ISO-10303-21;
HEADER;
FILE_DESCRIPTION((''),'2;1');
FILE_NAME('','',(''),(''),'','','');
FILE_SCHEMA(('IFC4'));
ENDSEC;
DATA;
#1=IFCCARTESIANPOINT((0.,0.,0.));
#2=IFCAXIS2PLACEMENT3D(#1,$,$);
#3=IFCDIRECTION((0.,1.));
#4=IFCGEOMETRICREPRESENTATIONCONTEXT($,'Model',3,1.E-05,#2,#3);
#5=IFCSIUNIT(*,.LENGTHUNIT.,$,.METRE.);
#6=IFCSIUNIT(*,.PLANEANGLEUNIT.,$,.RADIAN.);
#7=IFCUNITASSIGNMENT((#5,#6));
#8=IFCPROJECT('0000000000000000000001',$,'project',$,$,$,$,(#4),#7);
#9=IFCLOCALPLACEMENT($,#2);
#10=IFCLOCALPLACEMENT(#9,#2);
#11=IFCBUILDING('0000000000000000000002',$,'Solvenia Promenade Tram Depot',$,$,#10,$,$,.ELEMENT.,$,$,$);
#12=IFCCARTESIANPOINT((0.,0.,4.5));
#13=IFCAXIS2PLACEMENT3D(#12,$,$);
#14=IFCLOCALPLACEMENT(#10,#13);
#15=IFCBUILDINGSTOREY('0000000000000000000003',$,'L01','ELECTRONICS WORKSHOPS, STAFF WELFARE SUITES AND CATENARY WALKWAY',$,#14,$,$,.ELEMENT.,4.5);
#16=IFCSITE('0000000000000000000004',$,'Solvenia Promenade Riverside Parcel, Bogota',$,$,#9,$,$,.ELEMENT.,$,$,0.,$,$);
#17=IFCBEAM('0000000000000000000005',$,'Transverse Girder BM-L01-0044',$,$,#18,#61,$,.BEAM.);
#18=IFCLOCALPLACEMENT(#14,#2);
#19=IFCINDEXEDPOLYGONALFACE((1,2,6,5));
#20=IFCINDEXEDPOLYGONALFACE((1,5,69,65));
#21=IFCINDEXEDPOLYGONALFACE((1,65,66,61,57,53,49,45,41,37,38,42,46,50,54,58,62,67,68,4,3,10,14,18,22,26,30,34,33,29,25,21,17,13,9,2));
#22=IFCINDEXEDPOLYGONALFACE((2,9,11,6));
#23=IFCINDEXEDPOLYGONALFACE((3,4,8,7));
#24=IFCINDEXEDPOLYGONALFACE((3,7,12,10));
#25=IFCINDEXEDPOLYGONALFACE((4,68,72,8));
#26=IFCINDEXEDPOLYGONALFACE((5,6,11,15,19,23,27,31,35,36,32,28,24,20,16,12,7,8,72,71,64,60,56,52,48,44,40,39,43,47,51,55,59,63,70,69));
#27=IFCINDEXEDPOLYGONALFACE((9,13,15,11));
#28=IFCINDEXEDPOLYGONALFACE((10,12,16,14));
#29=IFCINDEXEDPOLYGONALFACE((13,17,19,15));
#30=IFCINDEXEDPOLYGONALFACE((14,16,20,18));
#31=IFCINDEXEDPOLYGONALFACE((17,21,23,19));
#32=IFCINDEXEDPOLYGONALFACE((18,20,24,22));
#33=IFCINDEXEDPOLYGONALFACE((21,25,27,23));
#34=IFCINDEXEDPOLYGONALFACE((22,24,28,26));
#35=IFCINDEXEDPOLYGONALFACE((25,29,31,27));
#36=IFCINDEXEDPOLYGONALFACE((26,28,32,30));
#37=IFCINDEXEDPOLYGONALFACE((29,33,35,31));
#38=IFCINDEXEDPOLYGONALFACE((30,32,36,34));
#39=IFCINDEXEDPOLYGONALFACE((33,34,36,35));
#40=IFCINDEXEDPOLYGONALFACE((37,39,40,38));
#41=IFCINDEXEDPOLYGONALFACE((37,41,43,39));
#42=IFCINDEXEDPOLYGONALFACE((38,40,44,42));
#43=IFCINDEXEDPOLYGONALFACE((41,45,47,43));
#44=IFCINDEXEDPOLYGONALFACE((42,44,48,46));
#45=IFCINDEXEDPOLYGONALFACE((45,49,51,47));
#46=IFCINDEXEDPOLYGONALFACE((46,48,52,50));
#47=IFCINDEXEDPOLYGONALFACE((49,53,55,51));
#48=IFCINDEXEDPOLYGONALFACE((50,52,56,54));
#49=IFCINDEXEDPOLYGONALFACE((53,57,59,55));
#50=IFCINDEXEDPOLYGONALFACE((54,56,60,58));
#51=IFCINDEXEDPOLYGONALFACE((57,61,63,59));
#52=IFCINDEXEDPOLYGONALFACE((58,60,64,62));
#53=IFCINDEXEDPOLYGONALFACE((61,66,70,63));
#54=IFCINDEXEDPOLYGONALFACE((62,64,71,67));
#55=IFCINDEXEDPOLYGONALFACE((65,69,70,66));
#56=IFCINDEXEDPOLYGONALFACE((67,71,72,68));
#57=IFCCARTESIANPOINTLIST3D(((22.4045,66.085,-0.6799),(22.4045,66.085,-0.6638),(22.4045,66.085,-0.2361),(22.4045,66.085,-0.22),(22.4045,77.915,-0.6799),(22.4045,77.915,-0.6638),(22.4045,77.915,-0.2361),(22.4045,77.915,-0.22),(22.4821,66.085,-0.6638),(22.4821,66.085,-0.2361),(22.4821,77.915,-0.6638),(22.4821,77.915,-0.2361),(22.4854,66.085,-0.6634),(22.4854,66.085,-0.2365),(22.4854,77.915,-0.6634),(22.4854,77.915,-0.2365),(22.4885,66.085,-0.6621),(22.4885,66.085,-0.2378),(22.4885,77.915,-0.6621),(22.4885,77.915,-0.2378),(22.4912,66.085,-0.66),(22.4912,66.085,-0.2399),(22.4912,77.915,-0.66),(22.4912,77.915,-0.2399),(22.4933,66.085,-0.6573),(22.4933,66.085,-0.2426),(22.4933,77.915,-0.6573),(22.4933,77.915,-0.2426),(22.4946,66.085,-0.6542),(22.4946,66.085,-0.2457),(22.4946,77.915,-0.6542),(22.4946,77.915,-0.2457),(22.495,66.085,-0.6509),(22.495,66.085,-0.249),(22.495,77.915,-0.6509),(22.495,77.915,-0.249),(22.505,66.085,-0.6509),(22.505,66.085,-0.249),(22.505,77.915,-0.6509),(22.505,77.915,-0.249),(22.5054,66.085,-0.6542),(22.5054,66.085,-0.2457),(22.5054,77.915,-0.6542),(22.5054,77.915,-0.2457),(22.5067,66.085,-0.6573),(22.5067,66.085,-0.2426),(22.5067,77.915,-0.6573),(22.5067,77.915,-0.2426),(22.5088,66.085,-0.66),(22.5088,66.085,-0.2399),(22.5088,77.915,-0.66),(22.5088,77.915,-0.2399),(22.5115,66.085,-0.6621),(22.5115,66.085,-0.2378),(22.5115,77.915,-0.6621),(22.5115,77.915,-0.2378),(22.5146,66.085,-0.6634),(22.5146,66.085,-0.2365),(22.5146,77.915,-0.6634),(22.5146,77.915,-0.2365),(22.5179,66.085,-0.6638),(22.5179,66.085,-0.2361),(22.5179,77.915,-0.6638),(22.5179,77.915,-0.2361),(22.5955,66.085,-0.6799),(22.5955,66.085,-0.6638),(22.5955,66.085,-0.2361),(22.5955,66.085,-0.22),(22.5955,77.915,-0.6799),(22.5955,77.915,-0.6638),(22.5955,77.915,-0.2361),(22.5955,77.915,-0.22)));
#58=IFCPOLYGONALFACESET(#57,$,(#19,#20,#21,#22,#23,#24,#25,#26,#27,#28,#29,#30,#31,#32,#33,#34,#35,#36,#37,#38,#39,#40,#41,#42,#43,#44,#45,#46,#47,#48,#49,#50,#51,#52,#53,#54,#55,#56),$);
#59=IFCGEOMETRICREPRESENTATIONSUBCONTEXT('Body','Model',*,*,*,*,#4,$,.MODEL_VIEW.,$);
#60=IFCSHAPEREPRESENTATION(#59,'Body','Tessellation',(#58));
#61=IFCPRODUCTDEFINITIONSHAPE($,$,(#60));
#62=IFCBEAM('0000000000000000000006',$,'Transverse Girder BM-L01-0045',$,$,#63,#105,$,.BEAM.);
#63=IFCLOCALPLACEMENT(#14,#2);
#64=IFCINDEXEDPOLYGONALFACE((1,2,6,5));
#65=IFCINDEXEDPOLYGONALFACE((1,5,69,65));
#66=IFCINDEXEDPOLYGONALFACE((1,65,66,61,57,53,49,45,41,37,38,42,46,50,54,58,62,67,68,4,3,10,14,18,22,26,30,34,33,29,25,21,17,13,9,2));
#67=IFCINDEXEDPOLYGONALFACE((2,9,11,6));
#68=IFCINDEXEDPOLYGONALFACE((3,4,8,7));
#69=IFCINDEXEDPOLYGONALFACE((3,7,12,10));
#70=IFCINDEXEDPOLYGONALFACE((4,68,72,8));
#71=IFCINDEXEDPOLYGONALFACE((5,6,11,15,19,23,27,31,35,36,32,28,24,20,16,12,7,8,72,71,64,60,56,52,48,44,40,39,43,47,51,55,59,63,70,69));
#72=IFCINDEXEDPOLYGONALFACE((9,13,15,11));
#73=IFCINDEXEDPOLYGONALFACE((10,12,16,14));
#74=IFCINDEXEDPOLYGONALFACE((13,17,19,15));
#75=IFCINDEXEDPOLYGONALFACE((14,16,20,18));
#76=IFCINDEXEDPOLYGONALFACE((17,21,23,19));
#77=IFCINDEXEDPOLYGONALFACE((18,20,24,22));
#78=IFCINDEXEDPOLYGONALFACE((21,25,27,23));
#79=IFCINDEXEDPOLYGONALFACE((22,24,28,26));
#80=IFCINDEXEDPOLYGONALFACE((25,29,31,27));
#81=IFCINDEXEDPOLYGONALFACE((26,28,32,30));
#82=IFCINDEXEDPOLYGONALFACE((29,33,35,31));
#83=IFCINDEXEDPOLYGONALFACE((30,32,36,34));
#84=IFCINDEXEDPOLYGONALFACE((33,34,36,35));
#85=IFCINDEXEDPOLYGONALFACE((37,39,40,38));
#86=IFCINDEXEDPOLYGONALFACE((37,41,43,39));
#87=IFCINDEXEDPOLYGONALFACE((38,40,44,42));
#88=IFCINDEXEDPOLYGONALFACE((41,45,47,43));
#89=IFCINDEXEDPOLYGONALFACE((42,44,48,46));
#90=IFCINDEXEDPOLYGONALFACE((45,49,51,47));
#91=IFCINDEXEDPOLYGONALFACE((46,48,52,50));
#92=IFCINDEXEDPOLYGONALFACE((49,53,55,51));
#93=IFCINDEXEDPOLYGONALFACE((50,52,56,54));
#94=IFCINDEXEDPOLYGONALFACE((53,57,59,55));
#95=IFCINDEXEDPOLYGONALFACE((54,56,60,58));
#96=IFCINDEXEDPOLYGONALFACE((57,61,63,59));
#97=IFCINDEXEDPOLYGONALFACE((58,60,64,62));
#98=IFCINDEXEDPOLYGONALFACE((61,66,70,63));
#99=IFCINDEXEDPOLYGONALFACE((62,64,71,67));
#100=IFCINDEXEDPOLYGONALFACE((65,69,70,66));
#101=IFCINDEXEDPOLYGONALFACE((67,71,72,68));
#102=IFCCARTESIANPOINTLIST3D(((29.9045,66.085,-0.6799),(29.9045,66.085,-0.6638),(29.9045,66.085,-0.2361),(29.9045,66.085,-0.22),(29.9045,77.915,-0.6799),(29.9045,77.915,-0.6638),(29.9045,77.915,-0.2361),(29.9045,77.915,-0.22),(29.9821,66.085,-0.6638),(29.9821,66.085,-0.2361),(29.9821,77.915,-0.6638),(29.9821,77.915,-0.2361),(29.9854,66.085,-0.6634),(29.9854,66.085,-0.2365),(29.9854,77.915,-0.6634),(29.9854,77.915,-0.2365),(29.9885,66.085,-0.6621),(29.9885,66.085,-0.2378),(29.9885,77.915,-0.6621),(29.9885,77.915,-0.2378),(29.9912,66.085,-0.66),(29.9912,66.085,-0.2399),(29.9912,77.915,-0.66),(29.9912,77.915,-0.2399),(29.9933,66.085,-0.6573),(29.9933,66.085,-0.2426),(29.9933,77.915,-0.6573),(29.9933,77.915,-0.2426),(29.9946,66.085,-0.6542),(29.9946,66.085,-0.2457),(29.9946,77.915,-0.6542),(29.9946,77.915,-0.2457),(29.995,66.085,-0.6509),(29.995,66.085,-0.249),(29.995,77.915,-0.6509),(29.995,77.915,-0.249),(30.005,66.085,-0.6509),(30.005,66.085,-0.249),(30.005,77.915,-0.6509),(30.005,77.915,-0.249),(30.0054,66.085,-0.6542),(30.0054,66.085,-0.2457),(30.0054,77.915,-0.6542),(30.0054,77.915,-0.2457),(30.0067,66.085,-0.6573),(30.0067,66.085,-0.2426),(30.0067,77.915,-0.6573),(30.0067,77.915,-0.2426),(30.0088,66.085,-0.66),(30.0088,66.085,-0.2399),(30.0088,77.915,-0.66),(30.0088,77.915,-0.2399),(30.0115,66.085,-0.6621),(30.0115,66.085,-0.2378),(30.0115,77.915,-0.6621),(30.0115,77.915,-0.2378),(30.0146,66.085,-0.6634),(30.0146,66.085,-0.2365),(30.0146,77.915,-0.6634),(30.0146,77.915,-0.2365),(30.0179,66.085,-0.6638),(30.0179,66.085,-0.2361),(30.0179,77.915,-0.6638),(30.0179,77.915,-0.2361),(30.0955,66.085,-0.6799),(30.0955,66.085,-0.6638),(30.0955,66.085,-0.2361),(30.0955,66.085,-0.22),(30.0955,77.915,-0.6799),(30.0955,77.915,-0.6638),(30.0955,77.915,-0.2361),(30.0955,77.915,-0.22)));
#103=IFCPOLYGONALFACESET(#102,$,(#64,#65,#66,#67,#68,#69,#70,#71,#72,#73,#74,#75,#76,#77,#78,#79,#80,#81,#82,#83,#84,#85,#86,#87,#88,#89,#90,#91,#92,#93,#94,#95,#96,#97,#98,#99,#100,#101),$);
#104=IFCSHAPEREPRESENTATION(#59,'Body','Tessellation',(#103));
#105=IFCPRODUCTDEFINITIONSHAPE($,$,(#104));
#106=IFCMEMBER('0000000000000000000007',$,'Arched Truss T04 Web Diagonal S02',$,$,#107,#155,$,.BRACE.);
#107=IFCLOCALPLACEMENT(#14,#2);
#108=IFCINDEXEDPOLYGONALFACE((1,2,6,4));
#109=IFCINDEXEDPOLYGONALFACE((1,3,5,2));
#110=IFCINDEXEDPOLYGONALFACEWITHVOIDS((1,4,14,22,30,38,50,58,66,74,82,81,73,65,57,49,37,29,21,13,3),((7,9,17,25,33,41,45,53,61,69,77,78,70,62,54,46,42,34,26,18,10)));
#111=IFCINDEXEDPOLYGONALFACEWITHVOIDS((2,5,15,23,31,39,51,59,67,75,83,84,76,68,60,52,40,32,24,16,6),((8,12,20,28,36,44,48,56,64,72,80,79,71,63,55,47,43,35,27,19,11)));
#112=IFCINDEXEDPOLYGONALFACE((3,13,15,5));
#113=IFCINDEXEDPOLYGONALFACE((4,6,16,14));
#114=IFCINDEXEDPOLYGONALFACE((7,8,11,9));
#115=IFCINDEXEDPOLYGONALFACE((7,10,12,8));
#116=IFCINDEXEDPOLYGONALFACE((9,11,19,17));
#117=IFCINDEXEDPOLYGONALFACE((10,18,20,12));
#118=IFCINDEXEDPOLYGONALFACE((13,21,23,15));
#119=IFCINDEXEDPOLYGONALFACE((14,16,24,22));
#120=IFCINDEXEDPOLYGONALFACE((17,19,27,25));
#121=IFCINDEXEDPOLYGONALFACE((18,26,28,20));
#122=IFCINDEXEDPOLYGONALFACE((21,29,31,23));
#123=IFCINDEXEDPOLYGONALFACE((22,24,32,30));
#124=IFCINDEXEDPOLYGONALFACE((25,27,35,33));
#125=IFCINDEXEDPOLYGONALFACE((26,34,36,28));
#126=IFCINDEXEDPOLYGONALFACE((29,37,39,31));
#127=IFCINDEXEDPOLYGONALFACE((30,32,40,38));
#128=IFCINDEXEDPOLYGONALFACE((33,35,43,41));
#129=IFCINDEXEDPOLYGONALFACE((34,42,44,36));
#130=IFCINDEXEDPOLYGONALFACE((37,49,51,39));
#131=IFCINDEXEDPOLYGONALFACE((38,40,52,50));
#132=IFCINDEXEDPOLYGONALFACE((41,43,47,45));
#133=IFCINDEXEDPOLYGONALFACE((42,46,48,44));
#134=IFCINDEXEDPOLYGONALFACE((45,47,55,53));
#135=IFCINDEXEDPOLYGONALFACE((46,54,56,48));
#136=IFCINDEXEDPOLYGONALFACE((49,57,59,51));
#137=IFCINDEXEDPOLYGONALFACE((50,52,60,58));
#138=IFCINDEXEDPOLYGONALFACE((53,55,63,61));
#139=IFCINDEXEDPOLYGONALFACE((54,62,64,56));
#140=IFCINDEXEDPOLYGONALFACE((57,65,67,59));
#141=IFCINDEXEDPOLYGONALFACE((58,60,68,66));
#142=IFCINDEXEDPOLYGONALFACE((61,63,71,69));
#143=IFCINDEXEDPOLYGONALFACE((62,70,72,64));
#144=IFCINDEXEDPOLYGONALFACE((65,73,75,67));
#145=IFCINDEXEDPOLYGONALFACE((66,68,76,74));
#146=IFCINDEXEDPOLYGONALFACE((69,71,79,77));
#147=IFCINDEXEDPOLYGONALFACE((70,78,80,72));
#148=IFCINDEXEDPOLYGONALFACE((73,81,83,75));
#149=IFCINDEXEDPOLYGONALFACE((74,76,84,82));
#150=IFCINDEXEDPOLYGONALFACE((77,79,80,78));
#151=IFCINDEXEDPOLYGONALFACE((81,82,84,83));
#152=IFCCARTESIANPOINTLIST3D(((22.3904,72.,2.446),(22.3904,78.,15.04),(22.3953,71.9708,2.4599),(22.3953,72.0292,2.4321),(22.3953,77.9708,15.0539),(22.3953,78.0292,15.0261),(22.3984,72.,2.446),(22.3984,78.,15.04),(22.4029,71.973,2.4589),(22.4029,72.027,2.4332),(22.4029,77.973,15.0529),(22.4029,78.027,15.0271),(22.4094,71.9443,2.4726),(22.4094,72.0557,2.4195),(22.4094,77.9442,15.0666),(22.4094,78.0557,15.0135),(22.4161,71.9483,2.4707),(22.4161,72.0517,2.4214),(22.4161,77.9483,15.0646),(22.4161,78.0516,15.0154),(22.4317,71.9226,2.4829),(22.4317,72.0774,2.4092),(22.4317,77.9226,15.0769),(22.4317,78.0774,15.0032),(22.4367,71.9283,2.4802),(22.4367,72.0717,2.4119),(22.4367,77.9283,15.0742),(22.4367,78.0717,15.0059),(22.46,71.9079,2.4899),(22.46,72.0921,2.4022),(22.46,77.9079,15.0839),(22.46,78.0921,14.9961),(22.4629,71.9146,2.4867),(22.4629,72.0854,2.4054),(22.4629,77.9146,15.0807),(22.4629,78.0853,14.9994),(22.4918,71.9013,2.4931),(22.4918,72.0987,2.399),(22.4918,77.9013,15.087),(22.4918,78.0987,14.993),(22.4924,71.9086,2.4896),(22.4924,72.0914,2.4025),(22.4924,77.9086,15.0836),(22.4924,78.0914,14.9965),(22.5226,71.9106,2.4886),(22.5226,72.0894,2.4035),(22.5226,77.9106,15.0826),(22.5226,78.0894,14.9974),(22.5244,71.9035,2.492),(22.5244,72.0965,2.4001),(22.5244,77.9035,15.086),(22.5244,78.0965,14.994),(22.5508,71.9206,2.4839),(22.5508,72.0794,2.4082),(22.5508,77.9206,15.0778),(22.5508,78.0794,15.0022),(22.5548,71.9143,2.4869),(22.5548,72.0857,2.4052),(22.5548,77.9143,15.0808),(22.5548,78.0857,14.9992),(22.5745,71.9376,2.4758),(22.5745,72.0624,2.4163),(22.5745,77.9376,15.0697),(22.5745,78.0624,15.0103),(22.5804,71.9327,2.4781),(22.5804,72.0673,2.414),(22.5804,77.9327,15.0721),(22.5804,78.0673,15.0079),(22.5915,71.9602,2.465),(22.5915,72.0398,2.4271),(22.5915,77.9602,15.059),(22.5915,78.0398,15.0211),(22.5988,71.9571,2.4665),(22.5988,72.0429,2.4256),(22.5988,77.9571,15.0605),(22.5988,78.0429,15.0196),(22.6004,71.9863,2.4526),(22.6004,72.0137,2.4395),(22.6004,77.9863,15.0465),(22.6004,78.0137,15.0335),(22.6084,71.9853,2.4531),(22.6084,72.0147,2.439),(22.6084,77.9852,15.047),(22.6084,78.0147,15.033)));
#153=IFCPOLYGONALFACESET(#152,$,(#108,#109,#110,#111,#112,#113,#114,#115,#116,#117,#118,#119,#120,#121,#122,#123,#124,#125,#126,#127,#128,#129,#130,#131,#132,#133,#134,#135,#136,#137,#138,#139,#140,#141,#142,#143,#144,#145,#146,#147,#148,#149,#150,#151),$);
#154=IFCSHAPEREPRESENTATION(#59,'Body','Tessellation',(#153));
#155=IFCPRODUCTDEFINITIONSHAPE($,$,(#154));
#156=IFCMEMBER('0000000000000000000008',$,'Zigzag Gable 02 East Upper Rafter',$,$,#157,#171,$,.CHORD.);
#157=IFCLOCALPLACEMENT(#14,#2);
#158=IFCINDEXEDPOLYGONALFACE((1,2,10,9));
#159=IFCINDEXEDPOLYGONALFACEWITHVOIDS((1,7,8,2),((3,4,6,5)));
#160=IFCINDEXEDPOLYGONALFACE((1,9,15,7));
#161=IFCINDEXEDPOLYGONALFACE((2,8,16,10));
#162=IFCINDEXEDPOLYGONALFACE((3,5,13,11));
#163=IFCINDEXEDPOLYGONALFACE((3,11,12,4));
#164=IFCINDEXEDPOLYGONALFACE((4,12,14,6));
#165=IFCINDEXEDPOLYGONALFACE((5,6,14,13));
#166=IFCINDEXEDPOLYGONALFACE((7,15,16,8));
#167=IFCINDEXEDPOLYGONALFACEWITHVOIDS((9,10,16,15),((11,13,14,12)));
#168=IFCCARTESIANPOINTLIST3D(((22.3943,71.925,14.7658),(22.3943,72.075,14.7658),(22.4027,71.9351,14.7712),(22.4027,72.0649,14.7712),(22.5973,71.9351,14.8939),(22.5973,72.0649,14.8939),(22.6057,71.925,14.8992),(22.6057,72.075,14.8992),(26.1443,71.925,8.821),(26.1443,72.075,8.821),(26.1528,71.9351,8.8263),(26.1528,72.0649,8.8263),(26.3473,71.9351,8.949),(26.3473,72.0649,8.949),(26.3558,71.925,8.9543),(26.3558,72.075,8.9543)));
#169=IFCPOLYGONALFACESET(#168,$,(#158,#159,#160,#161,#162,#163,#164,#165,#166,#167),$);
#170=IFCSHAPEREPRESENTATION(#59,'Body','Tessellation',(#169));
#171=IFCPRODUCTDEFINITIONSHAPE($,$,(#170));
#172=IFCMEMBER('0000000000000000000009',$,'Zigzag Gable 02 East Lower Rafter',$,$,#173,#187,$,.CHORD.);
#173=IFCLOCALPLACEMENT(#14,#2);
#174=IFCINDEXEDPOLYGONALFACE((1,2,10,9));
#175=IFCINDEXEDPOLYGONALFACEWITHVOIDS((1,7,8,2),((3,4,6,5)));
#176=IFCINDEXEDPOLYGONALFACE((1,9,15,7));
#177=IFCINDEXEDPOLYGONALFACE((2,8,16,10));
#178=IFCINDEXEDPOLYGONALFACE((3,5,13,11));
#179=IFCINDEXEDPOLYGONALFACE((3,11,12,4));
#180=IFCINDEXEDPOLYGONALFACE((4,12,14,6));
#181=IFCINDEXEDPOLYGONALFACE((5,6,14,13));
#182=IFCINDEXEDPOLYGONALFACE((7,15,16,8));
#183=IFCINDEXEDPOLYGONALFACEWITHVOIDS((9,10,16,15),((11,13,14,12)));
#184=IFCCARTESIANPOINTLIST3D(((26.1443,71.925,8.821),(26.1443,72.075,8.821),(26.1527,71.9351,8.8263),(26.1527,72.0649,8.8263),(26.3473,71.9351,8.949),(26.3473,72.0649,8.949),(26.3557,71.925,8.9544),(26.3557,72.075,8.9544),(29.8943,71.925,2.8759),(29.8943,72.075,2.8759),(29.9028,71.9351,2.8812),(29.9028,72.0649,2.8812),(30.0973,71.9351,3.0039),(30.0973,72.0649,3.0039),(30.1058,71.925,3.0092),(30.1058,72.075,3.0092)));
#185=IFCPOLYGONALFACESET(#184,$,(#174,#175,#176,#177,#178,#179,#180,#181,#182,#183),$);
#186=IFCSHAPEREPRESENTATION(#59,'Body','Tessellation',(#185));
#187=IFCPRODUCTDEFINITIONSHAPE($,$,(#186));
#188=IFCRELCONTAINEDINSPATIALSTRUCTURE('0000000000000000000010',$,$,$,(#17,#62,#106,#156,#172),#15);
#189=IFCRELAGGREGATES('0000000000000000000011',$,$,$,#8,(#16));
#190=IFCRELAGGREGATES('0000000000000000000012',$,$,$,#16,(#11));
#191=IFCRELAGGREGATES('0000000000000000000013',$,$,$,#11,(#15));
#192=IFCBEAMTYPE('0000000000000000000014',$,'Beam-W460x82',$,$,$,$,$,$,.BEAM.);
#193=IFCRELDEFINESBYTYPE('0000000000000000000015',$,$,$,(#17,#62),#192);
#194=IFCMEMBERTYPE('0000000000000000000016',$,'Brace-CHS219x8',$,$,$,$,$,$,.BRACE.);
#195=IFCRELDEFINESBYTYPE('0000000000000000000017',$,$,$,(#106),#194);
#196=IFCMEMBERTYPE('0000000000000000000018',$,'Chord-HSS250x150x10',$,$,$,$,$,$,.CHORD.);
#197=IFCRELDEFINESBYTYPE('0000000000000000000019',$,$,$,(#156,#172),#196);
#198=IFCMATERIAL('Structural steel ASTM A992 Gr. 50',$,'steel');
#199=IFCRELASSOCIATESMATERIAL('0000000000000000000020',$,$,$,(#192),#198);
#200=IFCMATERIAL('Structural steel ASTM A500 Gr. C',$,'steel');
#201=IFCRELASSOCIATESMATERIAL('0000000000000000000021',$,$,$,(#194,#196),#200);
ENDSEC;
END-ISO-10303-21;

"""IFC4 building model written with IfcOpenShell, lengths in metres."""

from ifc_helpers import new_model, si_unit, direction, frame, origin, origin_2d, place, context, subcontext, project, spatial, hollow_rectangle, hollow_circle, i_section, extrude, material, material_profile, profile_set, type_object, element, save


model = new_model("IFC4")

# Units and contexts
model_context = context("Model", 3, precision=1e-05, world=origin(), true_north=direction((0.0, 1.0)))
body_context = subcontext(model_context, "Body", "Model", "MODEL_VIEW")
ifc_project = project(units=[si_unit("LENGTHUNIT", "METRE"), si_unit("PLANEANGLEUNIT", "RADIAN")], contexts=[model_context])

# Site, building, storey
site_placement = place(None, origin())
site = spatial("IfcSite", under=ifc_project, at=site_placement, Name="Solvenia Promenade Riverside Parcel, Bogota", CompositionType="ELEMENT", RefElevation=0.0)
building_placement = place(site_placement, origin())
building = spatial("IfcBuilding", under=site, at=building_placement, Name="Solvenia Promenade Tram Depot", CompositionType="ELEMENT")
storey_placement = place(building_placement, frame((0.0, 0.0, 4.5)))
storey = spatial("IfcBuildingStorey", under=building, at=storey_placement, Name="L01", Description="ELECTRONICS WORKSHOPS, STAFF WELFARE SUITES AND CATENARY WALKWAY", CompositionType="ELEMENT", Elevation=4.5)

# Beams
ifc_material_1 = material(Name="Structural steel ASTM A992 Gr. 50", Category="steel")
ifc_material_profile_1 = material_profile(ifc_material_1, i_section(OverallWidth=0.1909, OverallDepth=0.46, WebThickness=0.01, FlangeThickness=0.0161, FilletRadius=0.0129, at=origin_2d()), Name="W460x82", Category="steel")
ifc_profile_set_1 = profile_set([ifc_material_profile_1], Name="Structural steel ASTM A992 Gr. 50")
beam_type_1 = type_object("IfcBeamType", Name="Beam-W460x82", PredefinedType="BEAM", material=ifc_profile_set_1)
for number, where, z_axis, x_axis, name in (
    (1, (22.5, 66.085, -0.45), (0.0, 1.0, 0.0), (-1.0, 0.0, 0.0), "Transverse Girder BM-L01-0044"),
    (2, (30.0, 66.085, -0.45), (0.0, 1.0, 0.0), (-1.0, 0.0, 0.0), "Transverse Girder BM-L01-0045"),
):
    element("IfcBeam", number, at=place(storey_placement, frame(where, z_axis=z_axis, x_axis=x_axis)), inside=storey, type_object=beam_type_1, Name=name, PredefinedType="BEAM", context=body_context, shape_type="SweptSolid", body=[
        extrude(i_section(OverallWidth=0.1909, OverallDepth=0.46, WebThickness=0.01, FlangeThickness=0.0161, FilletRadius=0.0129, at=origin_2d()), origin(), (0.0, 0.0, 1.0), 11.8301),
    ])

# Members
ifc_material_2 = material(Name="Structural steel ASTM A500 Gr. C", Category="steel")
ifc_material_profile_2 = material_profile(ifc_material_2, hollow_circle(Radius=0.1096, WallThickness=0.0081, at=origin_2d()), Name="CHS219.1x8", Category="steel")
ifc_profile_set_2 = profile_set([ifc_material_profile_2], Name="Structural steel ASTM A500 Gr. C")
member_type_1 = type_object("IfcMemberType", Name="Brace-CHS219x8", PredefinedType="BRACE", material=ifc_profile_set_2)
member_1_placement = place(storey_placement, frame((22.5, 72.0, 2.446), z_axis=(0.0, 0.430101, 0.902781), x_axis=(-1.0, 0.0, 0.0)))
element("IfcMember", 3, at=member_1_placement, inside=storey, type_object=member_type_1, Name="Arched Truss T04 Web Diagonal S02", PredefinedType="BRACE", context=body_context, shape_type="SweptSolid", body=[
    extrude(hollow_circle(Radius=0.1096, WallThickness=0.0081, at=origin_2d()), origin(), (0.0, 0.0, 1.0), 13.9502),
])
ifc_material_profile_3 = material_profile(ifc_material_2, hollow_rectangle(XDim=0.1499, YDim=0.25, WallThickness=0.01, at=origin_2d()), Name="HSS250x150x10", Category="steel")
ifc_profile_set_3 = profile_set([ifc_material_profile_3], Name="Structural steel ASTM A500 Gr. C")
member_type_2 = type_object("IfcMemberType", Name="Chord-HSS250x150x10", PredefinedType="CHORD", material=ifc_profile_set_3)
member_2_placement = place(storey_placement, frame((22.5, 72.0, 14.8325), z_axis=(0.533522, 0.0, -0.845786), x_axis=(0.0, 1.0, 0.0)))
element("IfcMember", 4, at=member_2_placement, inside=storey, type_object=member_type_2, Name="Zigzag Gable 02 East Upper Rafter", PredefinedType="CHORD", context=body_context, shape_type="SweptSolid", body=[
    extrude(hollow_rectangle(XDim=0.1499, YDim=0.25, WallThickness=0.01, at=origin_2d()), origin(), (0.0, 0.0, 1.0), 7.0288),
])
member_3_placement = place(storey_placement, frame((26.25, 72.0, 8.8877), z_axis=(0.533507, 0.0, -0.845796), x_axis=(0.0, 1.0, 0.0)))
element("IfcMember", 5, at=member_3_placement, inside=storey, type_object=member_type_2, Name="Zigzag Gable 02 East Lower Rafter", PredefinedType="CHORD", context=body_context, shape_type="SweptSolid", body=[
    extrude(hollow_rectangle(XDim=0.1499, YDim=0.25, WallThickness=0.01, at=origin_2d()), origin(), (0.0, 0.0, 1.0), 7.0291),
])

save(model, "model.ifc")
